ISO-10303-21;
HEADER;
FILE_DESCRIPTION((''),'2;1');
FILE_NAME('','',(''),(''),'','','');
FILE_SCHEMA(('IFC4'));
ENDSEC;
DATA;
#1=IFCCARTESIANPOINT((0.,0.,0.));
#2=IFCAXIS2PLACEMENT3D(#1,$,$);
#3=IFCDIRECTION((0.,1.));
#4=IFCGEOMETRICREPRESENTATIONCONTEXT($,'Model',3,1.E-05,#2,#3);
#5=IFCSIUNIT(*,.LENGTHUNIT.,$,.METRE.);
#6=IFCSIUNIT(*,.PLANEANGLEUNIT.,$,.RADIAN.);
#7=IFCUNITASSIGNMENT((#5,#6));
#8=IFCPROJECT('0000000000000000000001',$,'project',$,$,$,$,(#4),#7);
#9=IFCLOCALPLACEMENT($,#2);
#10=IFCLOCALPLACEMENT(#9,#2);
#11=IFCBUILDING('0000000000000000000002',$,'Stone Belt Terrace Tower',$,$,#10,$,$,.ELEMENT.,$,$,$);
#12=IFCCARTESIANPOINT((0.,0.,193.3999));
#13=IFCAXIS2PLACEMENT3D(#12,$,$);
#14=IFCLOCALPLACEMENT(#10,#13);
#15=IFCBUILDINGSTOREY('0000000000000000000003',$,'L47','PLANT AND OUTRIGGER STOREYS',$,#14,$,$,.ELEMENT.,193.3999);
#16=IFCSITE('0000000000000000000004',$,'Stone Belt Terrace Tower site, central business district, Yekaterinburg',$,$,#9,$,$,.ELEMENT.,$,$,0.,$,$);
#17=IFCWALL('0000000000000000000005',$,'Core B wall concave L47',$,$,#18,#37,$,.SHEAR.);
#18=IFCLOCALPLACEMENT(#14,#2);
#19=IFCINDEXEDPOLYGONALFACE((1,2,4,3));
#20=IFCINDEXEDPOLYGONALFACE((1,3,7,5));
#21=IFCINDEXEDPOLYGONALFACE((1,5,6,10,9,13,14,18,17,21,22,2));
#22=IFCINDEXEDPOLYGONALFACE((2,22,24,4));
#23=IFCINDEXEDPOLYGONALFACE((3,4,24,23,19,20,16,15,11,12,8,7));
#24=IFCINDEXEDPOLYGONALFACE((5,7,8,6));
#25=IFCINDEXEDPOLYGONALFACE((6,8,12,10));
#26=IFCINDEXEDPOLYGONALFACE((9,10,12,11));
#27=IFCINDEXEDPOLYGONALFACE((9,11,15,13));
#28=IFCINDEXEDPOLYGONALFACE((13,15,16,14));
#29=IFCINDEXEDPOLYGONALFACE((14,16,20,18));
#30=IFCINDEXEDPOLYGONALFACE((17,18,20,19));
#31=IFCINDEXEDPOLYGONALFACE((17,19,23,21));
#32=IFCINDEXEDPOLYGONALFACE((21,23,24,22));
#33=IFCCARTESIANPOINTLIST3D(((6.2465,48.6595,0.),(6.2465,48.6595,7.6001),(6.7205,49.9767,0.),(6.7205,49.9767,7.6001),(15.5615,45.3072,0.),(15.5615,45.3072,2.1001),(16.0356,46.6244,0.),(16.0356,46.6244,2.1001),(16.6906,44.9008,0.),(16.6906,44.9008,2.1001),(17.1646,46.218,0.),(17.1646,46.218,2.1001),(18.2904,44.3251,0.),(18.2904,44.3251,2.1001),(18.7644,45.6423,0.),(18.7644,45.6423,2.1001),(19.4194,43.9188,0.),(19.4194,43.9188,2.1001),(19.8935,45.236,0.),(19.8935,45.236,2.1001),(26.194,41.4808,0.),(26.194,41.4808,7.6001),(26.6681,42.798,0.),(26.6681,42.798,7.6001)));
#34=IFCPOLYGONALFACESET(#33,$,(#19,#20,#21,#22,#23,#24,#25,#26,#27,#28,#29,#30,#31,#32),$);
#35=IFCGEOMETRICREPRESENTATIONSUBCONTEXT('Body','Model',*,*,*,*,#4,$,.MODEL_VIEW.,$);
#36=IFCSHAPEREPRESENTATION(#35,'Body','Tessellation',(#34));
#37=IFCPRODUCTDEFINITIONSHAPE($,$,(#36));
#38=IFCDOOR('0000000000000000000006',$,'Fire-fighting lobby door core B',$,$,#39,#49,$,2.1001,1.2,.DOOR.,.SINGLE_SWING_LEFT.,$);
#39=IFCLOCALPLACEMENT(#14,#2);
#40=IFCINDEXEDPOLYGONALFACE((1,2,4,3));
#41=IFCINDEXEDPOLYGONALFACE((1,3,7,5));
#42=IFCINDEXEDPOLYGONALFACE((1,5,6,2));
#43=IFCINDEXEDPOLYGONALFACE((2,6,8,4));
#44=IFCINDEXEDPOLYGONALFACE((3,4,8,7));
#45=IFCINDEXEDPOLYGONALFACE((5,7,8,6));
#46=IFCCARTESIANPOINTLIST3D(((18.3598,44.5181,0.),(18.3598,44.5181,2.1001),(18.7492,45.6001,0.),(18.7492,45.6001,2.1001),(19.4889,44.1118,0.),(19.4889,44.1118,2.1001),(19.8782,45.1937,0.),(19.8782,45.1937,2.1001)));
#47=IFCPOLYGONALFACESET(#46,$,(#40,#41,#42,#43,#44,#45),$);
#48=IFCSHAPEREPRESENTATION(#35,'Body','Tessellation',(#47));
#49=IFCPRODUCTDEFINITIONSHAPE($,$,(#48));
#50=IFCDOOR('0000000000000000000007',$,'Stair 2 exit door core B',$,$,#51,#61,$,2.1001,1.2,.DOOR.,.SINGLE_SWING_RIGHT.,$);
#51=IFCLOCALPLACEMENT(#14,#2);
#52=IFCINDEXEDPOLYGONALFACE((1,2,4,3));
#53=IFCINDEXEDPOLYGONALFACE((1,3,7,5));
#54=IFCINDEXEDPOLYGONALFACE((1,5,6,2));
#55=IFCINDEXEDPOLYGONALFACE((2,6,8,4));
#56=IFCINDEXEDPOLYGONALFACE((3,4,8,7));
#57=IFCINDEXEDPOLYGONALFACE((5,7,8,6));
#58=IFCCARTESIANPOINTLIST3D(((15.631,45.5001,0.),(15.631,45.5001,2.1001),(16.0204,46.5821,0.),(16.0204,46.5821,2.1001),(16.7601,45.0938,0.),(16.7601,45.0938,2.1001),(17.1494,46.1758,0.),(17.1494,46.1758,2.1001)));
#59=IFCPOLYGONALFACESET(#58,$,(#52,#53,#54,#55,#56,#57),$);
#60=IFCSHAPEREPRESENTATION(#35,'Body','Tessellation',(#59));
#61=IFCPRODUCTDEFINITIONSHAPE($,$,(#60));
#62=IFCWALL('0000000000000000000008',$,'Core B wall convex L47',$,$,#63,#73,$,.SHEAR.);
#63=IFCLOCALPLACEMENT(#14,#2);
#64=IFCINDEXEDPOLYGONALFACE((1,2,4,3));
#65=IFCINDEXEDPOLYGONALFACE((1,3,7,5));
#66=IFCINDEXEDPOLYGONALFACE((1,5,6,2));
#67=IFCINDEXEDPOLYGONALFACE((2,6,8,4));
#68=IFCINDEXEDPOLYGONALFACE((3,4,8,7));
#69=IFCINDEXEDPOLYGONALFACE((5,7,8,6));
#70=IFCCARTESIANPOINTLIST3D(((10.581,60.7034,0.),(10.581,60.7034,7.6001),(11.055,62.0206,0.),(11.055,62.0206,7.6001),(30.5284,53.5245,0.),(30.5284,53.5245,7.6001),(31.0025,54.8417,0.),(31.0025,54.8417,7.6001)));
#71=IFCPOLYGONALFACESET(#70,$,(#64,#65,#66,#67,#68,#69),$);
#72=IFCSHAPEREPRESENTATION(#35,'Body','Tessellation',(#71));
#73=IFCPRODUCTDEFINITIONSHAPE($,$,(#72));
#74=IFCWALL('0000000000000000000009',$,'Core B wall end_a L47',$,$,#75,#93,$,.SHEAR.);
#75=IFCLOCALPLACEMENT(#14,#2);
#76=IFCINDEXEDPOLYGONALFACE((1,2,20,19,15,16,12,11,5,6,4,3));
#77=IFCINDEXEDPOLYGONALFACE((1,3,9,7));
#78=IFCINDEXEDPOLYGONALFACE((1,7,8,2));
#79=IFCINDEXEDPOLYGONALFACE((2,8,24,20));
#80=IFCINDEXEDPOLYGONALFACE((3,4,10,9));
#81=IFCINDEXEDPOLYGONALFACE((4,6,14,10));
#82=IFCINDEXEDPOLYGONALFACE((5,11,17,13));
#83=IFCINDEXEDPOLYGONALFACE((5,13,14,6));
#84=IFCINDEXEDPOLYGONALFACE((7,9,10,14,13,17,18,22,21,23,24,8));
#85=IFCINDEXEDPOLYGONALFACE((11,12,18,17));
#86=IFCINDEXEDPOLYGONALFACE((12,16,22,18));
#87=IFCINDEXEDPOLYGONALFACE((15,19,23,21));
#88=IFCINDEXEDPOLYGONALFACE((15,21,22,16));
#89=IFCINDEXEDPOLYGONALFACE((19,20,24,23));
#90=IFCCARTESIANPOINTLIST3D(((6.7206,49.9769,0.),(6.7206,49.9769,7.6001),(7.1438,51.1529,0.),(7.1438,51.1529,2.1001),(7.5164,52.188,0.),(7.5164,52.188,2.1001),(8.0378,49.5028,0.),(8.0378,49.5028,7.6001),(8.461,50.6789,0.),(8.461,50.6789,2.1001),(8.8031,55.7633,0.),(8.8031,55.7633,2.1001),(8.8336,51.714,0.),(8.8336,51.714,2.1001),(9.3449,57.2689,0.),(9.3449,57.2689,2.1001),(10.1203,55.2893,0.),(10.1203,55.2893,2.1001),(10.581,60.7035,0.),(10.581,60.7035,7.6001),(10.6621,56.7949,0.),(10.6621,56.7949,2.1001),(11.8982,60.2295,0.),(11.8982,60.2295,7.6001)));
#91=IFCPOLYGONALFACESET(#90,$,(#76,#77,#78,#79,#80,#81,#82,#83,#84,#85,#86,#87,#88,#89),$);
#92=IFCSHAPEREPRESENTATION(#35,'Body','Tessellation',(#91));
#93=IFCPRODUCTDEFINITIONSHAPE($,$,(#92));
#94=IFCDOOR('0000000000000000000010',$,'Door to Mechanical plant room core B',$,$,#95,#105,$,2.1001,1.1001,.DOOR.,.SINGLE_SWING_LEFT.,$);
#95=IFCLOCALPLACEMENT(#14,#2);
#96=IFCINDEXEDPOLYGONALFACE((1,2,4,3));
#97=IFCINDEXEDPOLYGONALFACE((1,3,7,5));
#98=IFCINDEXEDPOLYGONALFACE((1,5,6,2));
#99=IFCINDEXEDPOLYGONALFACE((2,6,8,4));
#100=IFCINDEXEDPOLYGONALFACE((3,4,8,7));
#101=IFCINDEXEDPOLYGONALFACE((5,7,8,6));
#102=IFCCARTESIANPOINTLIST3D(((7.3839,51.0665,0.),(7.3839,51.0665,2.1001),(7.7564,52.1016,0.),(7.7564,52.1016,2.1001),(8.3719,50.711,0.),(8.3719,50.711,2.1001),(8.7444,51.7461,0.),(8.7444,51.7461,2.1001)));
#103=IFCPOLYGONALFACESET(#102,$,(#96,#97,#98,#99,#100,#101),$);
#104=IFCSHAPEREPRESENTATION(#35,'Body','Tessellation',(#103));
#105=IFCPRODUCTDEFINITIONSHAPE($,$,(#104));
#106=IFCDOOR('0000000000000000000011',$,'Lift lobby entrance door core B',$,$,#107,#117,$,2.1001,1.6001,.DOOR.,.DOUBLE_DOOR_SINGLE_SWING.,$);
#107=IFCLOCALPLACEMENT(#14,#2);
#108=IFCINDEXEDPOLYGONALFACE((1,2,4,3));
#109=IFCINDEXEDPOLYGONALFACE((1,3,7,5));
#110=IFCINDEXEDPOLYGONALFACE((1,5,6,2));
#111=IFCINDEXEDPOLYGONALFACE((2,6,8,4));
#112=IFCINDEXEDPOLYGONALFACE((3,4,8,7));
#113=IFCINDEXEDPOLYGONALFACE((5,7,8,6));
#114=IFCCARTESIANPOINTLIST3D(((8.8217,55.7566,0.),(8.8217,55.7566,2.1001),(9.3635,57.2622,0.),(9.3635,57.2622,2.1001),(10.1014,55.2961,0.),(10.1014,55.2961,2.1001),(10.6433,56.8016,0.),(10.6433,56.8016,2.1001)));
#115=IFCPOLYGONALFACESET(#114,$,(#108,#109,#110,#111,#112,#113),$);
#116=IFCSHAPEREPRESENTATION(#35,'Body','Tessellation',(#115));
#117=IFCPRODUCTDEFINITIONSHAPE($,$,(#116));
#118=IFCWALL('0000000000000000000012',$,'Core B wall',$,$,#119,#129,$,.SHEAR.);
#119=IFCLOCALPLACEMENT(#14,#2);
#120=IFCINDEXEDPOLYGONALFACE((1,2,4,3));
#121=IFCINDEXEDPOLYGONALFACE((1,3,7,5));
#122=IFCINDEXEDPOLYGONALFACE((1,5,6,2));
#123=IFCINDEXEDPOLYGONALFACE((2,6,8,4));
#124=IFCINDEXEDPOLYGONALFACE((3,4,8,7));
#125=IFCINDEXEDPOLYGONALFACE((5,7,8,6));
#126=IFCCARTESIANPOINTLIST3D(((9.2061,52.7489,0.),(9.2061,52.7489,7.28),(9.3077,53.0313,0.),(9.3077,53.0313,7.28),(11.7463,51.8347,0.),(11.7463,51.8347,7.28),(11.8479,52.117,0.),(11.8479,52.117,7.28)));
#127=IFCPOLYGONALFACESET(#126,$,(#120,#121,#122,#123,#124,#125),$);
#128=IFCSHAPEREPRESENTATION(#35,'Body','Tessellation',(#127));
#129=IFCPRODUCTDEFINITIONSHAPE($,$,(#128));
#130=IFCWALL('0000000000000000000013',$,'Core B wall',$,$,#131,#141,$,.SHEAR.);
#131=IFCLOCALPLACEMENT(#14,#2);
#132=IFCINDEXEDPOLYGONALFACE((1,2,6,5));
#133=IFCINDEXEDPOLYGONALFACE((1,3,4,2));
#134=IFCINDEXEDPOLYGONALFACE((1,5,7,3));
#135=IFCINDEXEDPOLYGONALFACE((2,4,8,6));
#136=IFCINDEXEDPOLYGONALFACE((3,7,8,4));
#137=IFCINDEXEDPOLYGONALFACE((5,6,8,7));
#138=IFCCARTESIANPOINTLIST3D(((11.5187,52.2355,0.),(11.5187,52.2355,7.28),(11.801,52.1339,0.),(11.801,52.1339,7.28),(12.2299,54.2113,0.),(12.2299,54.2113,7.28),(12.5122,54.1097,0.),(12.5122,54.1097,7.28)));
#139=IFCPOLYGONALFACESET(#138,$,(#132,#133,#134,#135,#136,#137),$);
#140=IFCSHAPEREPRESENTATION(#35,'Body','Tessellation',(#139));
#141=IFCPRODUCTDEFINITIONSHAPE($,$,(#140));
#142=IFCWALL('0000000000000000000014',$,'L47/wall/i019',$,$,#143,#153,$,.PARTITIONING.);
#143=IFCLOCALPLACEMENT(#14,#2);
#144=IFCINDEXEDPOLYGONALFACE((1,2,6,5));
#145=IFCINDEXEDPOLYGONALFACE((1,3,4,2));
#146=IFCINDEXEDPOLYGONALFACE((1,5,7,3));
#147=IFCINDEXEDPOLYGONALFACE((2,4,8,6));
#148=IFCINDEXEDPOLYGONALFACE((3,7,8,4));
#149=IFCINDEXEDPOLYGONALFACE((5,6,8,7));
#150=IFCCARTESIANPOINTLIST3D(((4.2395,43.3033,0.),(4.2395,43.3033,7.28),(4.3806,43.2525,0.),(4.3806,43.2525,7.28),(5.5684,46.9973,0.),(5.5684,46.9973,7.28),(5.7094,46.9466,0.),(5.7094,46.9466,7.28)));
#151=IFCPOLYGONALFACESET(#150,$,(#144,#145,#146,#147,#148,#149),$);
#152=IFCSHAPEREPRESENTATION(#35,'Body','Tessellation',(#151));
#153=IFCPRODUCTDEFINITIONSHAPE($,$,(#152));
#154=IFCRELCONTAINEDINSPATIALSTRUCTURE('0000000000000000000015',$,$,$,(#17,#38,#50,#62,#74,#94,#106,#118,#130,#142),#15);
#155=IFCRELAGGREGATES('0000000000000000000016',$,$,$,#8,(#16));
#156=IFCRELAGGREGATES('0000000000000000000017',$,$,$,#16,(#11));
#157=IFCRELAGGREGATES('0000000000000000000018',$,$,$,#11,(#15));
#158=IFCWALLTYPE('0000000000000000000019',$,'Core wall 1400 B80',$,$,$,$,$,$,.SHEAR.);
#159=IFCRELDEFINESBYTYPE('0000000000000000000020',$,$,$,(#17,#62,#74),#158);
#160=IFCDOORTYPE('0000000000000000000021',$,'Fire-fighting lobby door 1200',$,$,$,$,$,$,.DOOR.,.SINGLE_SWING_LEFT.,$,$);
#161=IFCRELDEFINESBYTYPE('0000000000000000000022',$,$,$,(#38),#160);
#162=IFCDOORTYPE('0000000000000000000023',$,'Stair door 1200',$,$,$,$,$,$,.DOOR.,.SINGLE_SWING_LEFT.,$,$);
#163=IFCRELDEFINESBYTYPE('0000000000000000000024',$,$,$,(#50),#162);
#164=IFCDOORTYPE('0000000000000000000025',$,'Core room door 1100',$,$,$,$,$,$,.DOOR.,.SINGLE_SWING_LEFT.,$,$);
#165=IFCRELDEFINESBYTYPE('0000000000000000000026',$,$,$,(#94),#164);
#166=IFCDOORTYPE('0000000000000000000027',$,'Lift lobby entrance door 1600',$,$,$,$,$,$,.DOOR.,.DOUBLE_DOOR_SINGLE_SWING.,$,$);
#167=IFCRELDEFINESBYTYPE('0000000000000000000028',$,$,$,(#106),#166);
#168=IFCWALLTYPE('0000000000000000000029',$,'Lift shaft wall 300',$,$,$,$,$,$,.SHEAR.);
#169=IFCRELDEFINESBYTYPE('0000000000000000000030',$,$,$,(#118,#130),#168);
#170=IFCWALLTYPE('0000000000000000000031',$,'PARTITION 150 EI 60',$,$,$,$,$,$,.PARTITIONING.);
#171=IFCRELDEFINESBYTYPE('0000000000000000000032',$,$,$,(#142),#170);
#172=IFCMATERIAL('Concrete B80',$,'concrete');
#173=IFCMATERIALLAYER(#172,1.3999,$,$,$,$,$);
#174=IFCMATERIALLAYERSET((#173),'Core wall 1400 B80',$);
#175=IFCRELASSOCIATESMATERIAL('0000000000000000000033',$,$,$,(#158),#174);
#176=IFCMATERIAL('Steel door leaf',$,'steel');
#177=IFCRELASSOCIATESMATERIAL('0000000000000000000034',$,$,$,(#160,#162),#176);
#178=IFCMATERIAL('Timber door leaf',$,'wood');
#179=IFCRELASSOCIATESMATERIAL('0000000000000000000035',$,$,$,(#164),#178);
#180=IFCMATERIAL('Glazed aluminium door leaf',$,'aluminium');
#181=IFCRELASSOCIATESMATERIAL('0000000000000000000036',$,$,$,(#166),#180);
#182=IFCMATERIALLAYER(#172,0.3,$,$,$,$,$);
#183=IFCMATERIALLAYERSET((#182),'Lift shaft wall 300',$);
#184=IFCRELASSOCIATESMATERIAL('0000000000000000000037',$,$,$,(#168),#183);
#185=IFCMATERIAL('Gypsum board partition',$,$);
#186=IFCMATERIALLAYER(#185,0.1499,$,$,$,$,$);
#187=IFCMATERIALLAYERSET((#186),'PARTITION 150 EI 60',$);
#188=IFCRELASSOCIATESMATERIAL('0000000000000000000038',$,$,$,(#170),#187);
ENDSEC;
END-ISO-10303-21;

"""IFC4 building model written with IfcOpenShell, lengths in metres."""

from ifc_helpers import new_model, si_unit, direction, frame, frame_2d, origin, place, context, subcontext, project, spatial, rectangle, extrude, material, layer, layer_set, type_object, element, fill, save


model = new_model("IFC4")

# Units and contexts
model_context = context("Model", 3, precision=1e-05, world=origin(), true_north=direction((0.0, 1.0)))
body_context = subcontext(model_context, "Body", "Model", "MODEL_VIEW")
ifc_project = project(units=[si_unit("LENGTHUNIT", "METRE"), si_unit("PLANEANGLEUNIT", "RADIAN")], contexts=[model_context])

# Site, building, storey
site_placement = place(None, origin())
site = spatial("IfcSite", under=ifc_project, at=site_placement, Name="Stone Belt Terrace Tower site, central business district, Yekaterinburg", CompositionType="ELEMENT", RefElevation=0.0)
building_placement = place(site_placement, origin())
building = spatial("IfcBuilding", under=site, at=building_placement, Name="Stone Belt Terrace Tower", CompositionType="ELEMENT")
storey_placement = place(building_placement, frame((0.0, 0.0, 193.3999)))
storey = spatial("IfcBuildingStorey", under=building, at=storey_placement, Name="L47", Description="PLANT AND OUTRIGGER STOREYS", CompositionType="ELEMENT", Elevation=193.3999)

# Shared definitions
ifc_material_1 = material(Name="Concrete B80", Category="concrete")

# Shared definitions
ifc_material_2 = material(Name="Timber door leaf", Category="wood")

# Wall, openings, doors
ifc_layer_1 = layer(ifc_material_1, 1.3999)
ifc_layer_set_1 = layer_set([ifc_layer_1], Name="Core wall 1400 B80")
wall_type_1 = type_object("IfcWallType", Name="Core wall 1400 B80", PredefinedType="SHEAR", material=ifc_layer_set_1)
wall_1_placement = place(storey_placement, frame((6.4834, 49.3181, 0.0), z_axis=(0.0, 0.0, 1.0), x_axis=(0.940923, -0.33862, 0.0)))
wall_1 = element("IfcWall", 1, at=wall_1_placement, inside=storey, type_object=wall_type_1, Name="Core B wall concave L47", PredefinedType="SHEAR", context=body_context, shape_type="SweptSolid", body=[
    extrude(rectangle(XDim=21.2, YDim=1.3999, at=frame_2d((10.6001, 0.0))), origin(), (0.0, 0.0, 1.0), 7.6001),
])
opening_1_placement = place(wall_1_placement, frame((12.8, 0.0, 0.0)))
opening_1 = element("IfcOpeningElement", 2, at=opening_1_placement, cuts=wall_1, PredefinedType="OPENING", context=body_context, shape_type="SweptSolid", body=[
    extrude(rectangle(XDim=1.2, YDim=2.1001, at=frame_2d((0.6001, 1.05))), frame((0.0, 0.71, 0.0), z_axis=(0.0, -1.0, 0.0), x_axis=(1.0, 0.0, 0.0)), (0.0, 0.0, 1.0), 1.4199),
])
opening_2_placement = place(wall_1_placement, frame((9.8999, 0.0, 0.0)))
opening_2 = element("IfcOpeningElement", 3, at=opening_2_placement, cuts=wall_1, PredefinedType="OPENING", context=body_context, shape_type="SweptSolid", body=[
    extrude(rectangle(XDim=1.2, YDim=2.1001, at=frame_2d((0.6001, 1.05))), frame((0.0, 0.71, 0.0), z_axis=(0.0, -1.0, 0.0), x_axis=(1.0, 0.0, 0.0)), (0.0, 0.0, 1.0), 1.4199),
])
ifc_material_3 = material(Name="Steel door leaf", Category="steel")
door_type_1 = type_object("IfcDoorType", Name="Fire-fighting lobby door 1200", OperationType="SINGLE_SWING_LEFT", PredefinedType="DOOR", material=ifc_material_3)
door_1_placement = place(opening_1_placement, origin())
door_1 = element("IfcDoor", 4, at=door_1_placement, inside=storey, type_object=door_type_1, Name="Fire-fighting lobby door core B", OperationType="SINGLE_SWING_LEFT", OverallHeight=2.1001, OverallWidth=1.2, PredefinedType="DOOR", context=body_context, shape_type="SweptSolid", body=[
    extrude(rectangle(XDim=1.2, YDim=2.1001, at=frame_2d((0.6001, 1.05))), frame((0.0, 0.655, 0.0), z_axis=(0.0, -1.0, 0.0), x_axis=(1.0, 0.0, 0.0)), (0.0, 0.0, 1.0), 1.1499),
])
fill(opening_1, door_1)
door_type_2 = type_object("IfcDoorType", Name="Stair door 1200", OperationType="SINGLE_SWING_LEFT", PredefinedType="DOOR", material=ifc_material_3)
door_2_placement = place(opening_2_placement, origin())
door_2 = element("IfcDoor", 5, at=door_2_placement, inside=storey, type_object=door_type_2, Name="Stair 2 exit door core B", OperationType="SINGLE_SWING_RIGHT", OverallHeight=2.1001, OverallWidth=1.2, PredefinedType="DOOR", context=body_context, shape_type="SweptSolid", body=[
    extrude(rectangle(XDim=1.2, YDim=2.1001, at=frame_2d((0.6001, 1.05))), frame((0.0, 0.655, 0.0), z_axis=(0.0, -1.0, 0.0), x_axis=(1.0, 0.0, 0.0)), (0.0, 0.0, 1.0), 1.1499),
])
fill(opening_2, door_2)

# Wall
wall_2_placement = place(storey_placement, frame((10.8179, 61.3621, 0.0), z_axis=(0.0, 0.0, 1.0), x_axis=(0.94092, -0.33863, 0.0)))
element("IfcWall", 6, at=wall_2_placement, inside=storey, type_object=wall_type_1, Name="Core B wall convex L47", PredefinedType="SHEAR", context=body_context, shape_type="SweptSolid", body=[
    extrude(rectangle(XDim=21.2, YDim=1.3999, at=frame_2d((10.6001, 0.0))), origin(), (0.0, 0.0, 1.0), 7.6001),
])

# Wall, openings, doors
wall_3_placement = place(storey_placement, frame((7.3792, 49.7397, 0.0), z_axis=(0.0, 0.0, 1.0), x_axis=(0.338625, 0.940921, 0.0)))
wall_3 = element("IfcWall", 7, at=wall_3_placement, inside=storey, type_object=wall_type_1, Name="Core B wall end_a L47", PredefinedType="SHEAR", context=body_context, shape_type="SweptSolid", body=[
    extrude(rectangle(XDim=11.4001, YDim=1.3999, at=frame_2d((5.7002, 0.0))), origin(), (0.0, 0.0, 1.0), 7.6001),
])
opening_3_placement = place(wall_3_placement, frame((6.1499, 0.0, 0.0)))
opening_3 = element("IfcOpeningElement", 8, at=opening_3_placement, cuts=wall_3, PredefinedType="OPENING", context=body_context, shape_type="SweptSolid", body=[
    extrude(rectangle(XDim=1.6001, YDim=2.1001, at=frame_2d((0.8, 1.05))), frame((0.0, 0.71, 0.0), z_axis=(0.0, -1.0, 0.0), x_axis=(1.0, 0.0, 0.0)), (0.0, 0.0, 1.0), 1.4199),
])
opening_4_placement = place(wall_3_placement, frame((1.25, 0.0, 0.0)))
opening_4 = element("IfcOpeningElement", 9, at=opening_4_placement, cuts=wall_3, PredefinedType="OPENING", context=body_context, shape_type="SweptSolid", body=[
    extrude(rectangle(XDim=1.1001, YDim=2.1001, at=frame_2d((0.55, 1.05))), frame((0.0, 0.71, 0.0), z_axis=(0.0, -1.0, 0.0), x_axis=(1.0, 0.0, 0.0)), (0.0, 0.0, 1.0), 1.4199),
])
door_type_3 = type_object("IfcDoorType", Name="Core room door 1100", OperationType="SINGLE_SWING_LEFT", PredefinedType="DOOR", material=ifc_material_2)
door_3_placement = place(opening_4_placement, origin())
door_3 = element("IfcDoor", 10, at=door_3_placement, inside=storey, type_object=door_type_3, Name="Door to Mechanical plant room core B", OperationType="SINGLE_SWING_LEFT", OverallHeight=2.1001, OverallWidth=1.1001, PredefinedType="DOOR", context=body_context, shape_type="SweptSolid", body=[
    extrude(rectangle(XDim=1.1001, YDim=2.1001, at=frame_2d((0.55, 1.05))), frame((0.0, 0.4448, 0.0), z_axis=(0.0, -1.0, 0.0), x_axis=(1.0, 0.0, 0.0)), (0.0, 0.0, 1.0), 1.05),
])
fill(opening_4, door_3)
ifc_material_4 = material(Name="Glazed aluminium door leaf", Category="aluminium")
door_type_4 = type_object("IfcDoorType", Name="Lift lobby entrance door 1600", OperationType="DOUBLE_DOOR_SINGLE_SWING", PredefinedType="DOOR", material=ifc_material_4)
door_4_placement = place(opening_3_placement, origin())
door_4 = element("IfcDoor", 11, at=door_4_placement, inside=storey, type_object=door_type_4, Name="Lift lobby entrance door core B", OperationType="DOUBLE_DOOR_SINGLE_SWING", OverallHeight=2.1001, OverallWidth=1.6001, PredefinedType="DOOR", context=body_context, shape_type="SweptSolid", body=[
    extrude(rectangle(XDim=1.6001, YDim=2.1001, at=frame_2d((0.8, 1.05))), frame((0.0, 0.6802, 0.0), z_axis=(0.0, -1.0, 0.0), x_axis=(1.0, 0.0, 0.0)), (0.0, 0.0, 1.0), 1.3601),
])
fill(opening_3, door_4)

# Walls
ifc_layer_2 = layer(ifc_material_1, 0.3)
ifc_layer_set_2 = layer_set([ifc_layer_2], Name="Lift shaft wall 300")
wall_type_2 = type_object("IfcWallType", Name="Lift shaft wall 300", PredefinedType="SHEAR", material=ifc_layer_set_2)
wall_4_placement = place(storey_placement, frame((11.7971, 51.9758, 0.0), z_axis=(0.0, 0.0, 1.0), x_axis=(-0.94091, 0.338655, 0.0)))
element("IfcWall", 12, at=wall_4_placement, inside=storey, type_object=wall_type_2, Name="Core B wall", PredefinedType="SHEAR", context=body_context, shape_type="SweptSolid", body=[
    extrude(rectangle(XDim=2.6997, YDim=0.3, at=frame_2d((1.3499, 0.0))), origin(), (0.0, 0.0, 1.0), 7.28),
])
wall_5_placement = place(storey_placement, frame((11.6599, 52.1848, 0.0), z_axis=(0.0, 0.0, 1.0), x_axis=(0.33867, 0.940905, 0.0)))
element("IfcWall", 13, at=wall_5_placement, inside=storey, type_object=wall_type_2, Name="Core B wall", PredefinedType="SHEAR", context=body_context, shape_type="SweptSolid", body=[
    extrude(rectangle(XDim=2.0999, YDim=0.3, at=frame_2d((1.0498, 0.0))), origin(), (0.0, 0.0, 1.0), 7.28),
])
ifc_material_5 = material(Name="Gypsum board partition")
ifc_layer_3 = layer(ifc_material_5, 0.1499)
ifc_layer_set_3 = layer_set([ifc_layer_3], Name="PARTITION 150 EI 60")
wall_type_3 = type_object("IfcWallType", Name="PARTITION 150 EI 60", PredefinedType="PARTITIONING", material=ifc_layer_set_3)
wall_6_placement = place(storey_placement, frame((5.6389, 46.9719, 0.0), z_axis=(0.0, 0.0, 1.0), x_axis=(-0.33849, -0.94097, 0.0)))
element("IfcWall", 14, at=wall_6_placement, inside=storey, type_object=wall_type_3, Name="L47/wall/i019", PredefinedType="PARTITIONING", context=body_context, shape_type="SweptSolid", body=[
    extrude(rectangle(XDim=3.9258, YDim=0.1499, at=frame_2d((1.9629, 0.0))), origin(), (0.0, 0.0, 1.0), 7.28),
])

save(model, "model.ifc")
